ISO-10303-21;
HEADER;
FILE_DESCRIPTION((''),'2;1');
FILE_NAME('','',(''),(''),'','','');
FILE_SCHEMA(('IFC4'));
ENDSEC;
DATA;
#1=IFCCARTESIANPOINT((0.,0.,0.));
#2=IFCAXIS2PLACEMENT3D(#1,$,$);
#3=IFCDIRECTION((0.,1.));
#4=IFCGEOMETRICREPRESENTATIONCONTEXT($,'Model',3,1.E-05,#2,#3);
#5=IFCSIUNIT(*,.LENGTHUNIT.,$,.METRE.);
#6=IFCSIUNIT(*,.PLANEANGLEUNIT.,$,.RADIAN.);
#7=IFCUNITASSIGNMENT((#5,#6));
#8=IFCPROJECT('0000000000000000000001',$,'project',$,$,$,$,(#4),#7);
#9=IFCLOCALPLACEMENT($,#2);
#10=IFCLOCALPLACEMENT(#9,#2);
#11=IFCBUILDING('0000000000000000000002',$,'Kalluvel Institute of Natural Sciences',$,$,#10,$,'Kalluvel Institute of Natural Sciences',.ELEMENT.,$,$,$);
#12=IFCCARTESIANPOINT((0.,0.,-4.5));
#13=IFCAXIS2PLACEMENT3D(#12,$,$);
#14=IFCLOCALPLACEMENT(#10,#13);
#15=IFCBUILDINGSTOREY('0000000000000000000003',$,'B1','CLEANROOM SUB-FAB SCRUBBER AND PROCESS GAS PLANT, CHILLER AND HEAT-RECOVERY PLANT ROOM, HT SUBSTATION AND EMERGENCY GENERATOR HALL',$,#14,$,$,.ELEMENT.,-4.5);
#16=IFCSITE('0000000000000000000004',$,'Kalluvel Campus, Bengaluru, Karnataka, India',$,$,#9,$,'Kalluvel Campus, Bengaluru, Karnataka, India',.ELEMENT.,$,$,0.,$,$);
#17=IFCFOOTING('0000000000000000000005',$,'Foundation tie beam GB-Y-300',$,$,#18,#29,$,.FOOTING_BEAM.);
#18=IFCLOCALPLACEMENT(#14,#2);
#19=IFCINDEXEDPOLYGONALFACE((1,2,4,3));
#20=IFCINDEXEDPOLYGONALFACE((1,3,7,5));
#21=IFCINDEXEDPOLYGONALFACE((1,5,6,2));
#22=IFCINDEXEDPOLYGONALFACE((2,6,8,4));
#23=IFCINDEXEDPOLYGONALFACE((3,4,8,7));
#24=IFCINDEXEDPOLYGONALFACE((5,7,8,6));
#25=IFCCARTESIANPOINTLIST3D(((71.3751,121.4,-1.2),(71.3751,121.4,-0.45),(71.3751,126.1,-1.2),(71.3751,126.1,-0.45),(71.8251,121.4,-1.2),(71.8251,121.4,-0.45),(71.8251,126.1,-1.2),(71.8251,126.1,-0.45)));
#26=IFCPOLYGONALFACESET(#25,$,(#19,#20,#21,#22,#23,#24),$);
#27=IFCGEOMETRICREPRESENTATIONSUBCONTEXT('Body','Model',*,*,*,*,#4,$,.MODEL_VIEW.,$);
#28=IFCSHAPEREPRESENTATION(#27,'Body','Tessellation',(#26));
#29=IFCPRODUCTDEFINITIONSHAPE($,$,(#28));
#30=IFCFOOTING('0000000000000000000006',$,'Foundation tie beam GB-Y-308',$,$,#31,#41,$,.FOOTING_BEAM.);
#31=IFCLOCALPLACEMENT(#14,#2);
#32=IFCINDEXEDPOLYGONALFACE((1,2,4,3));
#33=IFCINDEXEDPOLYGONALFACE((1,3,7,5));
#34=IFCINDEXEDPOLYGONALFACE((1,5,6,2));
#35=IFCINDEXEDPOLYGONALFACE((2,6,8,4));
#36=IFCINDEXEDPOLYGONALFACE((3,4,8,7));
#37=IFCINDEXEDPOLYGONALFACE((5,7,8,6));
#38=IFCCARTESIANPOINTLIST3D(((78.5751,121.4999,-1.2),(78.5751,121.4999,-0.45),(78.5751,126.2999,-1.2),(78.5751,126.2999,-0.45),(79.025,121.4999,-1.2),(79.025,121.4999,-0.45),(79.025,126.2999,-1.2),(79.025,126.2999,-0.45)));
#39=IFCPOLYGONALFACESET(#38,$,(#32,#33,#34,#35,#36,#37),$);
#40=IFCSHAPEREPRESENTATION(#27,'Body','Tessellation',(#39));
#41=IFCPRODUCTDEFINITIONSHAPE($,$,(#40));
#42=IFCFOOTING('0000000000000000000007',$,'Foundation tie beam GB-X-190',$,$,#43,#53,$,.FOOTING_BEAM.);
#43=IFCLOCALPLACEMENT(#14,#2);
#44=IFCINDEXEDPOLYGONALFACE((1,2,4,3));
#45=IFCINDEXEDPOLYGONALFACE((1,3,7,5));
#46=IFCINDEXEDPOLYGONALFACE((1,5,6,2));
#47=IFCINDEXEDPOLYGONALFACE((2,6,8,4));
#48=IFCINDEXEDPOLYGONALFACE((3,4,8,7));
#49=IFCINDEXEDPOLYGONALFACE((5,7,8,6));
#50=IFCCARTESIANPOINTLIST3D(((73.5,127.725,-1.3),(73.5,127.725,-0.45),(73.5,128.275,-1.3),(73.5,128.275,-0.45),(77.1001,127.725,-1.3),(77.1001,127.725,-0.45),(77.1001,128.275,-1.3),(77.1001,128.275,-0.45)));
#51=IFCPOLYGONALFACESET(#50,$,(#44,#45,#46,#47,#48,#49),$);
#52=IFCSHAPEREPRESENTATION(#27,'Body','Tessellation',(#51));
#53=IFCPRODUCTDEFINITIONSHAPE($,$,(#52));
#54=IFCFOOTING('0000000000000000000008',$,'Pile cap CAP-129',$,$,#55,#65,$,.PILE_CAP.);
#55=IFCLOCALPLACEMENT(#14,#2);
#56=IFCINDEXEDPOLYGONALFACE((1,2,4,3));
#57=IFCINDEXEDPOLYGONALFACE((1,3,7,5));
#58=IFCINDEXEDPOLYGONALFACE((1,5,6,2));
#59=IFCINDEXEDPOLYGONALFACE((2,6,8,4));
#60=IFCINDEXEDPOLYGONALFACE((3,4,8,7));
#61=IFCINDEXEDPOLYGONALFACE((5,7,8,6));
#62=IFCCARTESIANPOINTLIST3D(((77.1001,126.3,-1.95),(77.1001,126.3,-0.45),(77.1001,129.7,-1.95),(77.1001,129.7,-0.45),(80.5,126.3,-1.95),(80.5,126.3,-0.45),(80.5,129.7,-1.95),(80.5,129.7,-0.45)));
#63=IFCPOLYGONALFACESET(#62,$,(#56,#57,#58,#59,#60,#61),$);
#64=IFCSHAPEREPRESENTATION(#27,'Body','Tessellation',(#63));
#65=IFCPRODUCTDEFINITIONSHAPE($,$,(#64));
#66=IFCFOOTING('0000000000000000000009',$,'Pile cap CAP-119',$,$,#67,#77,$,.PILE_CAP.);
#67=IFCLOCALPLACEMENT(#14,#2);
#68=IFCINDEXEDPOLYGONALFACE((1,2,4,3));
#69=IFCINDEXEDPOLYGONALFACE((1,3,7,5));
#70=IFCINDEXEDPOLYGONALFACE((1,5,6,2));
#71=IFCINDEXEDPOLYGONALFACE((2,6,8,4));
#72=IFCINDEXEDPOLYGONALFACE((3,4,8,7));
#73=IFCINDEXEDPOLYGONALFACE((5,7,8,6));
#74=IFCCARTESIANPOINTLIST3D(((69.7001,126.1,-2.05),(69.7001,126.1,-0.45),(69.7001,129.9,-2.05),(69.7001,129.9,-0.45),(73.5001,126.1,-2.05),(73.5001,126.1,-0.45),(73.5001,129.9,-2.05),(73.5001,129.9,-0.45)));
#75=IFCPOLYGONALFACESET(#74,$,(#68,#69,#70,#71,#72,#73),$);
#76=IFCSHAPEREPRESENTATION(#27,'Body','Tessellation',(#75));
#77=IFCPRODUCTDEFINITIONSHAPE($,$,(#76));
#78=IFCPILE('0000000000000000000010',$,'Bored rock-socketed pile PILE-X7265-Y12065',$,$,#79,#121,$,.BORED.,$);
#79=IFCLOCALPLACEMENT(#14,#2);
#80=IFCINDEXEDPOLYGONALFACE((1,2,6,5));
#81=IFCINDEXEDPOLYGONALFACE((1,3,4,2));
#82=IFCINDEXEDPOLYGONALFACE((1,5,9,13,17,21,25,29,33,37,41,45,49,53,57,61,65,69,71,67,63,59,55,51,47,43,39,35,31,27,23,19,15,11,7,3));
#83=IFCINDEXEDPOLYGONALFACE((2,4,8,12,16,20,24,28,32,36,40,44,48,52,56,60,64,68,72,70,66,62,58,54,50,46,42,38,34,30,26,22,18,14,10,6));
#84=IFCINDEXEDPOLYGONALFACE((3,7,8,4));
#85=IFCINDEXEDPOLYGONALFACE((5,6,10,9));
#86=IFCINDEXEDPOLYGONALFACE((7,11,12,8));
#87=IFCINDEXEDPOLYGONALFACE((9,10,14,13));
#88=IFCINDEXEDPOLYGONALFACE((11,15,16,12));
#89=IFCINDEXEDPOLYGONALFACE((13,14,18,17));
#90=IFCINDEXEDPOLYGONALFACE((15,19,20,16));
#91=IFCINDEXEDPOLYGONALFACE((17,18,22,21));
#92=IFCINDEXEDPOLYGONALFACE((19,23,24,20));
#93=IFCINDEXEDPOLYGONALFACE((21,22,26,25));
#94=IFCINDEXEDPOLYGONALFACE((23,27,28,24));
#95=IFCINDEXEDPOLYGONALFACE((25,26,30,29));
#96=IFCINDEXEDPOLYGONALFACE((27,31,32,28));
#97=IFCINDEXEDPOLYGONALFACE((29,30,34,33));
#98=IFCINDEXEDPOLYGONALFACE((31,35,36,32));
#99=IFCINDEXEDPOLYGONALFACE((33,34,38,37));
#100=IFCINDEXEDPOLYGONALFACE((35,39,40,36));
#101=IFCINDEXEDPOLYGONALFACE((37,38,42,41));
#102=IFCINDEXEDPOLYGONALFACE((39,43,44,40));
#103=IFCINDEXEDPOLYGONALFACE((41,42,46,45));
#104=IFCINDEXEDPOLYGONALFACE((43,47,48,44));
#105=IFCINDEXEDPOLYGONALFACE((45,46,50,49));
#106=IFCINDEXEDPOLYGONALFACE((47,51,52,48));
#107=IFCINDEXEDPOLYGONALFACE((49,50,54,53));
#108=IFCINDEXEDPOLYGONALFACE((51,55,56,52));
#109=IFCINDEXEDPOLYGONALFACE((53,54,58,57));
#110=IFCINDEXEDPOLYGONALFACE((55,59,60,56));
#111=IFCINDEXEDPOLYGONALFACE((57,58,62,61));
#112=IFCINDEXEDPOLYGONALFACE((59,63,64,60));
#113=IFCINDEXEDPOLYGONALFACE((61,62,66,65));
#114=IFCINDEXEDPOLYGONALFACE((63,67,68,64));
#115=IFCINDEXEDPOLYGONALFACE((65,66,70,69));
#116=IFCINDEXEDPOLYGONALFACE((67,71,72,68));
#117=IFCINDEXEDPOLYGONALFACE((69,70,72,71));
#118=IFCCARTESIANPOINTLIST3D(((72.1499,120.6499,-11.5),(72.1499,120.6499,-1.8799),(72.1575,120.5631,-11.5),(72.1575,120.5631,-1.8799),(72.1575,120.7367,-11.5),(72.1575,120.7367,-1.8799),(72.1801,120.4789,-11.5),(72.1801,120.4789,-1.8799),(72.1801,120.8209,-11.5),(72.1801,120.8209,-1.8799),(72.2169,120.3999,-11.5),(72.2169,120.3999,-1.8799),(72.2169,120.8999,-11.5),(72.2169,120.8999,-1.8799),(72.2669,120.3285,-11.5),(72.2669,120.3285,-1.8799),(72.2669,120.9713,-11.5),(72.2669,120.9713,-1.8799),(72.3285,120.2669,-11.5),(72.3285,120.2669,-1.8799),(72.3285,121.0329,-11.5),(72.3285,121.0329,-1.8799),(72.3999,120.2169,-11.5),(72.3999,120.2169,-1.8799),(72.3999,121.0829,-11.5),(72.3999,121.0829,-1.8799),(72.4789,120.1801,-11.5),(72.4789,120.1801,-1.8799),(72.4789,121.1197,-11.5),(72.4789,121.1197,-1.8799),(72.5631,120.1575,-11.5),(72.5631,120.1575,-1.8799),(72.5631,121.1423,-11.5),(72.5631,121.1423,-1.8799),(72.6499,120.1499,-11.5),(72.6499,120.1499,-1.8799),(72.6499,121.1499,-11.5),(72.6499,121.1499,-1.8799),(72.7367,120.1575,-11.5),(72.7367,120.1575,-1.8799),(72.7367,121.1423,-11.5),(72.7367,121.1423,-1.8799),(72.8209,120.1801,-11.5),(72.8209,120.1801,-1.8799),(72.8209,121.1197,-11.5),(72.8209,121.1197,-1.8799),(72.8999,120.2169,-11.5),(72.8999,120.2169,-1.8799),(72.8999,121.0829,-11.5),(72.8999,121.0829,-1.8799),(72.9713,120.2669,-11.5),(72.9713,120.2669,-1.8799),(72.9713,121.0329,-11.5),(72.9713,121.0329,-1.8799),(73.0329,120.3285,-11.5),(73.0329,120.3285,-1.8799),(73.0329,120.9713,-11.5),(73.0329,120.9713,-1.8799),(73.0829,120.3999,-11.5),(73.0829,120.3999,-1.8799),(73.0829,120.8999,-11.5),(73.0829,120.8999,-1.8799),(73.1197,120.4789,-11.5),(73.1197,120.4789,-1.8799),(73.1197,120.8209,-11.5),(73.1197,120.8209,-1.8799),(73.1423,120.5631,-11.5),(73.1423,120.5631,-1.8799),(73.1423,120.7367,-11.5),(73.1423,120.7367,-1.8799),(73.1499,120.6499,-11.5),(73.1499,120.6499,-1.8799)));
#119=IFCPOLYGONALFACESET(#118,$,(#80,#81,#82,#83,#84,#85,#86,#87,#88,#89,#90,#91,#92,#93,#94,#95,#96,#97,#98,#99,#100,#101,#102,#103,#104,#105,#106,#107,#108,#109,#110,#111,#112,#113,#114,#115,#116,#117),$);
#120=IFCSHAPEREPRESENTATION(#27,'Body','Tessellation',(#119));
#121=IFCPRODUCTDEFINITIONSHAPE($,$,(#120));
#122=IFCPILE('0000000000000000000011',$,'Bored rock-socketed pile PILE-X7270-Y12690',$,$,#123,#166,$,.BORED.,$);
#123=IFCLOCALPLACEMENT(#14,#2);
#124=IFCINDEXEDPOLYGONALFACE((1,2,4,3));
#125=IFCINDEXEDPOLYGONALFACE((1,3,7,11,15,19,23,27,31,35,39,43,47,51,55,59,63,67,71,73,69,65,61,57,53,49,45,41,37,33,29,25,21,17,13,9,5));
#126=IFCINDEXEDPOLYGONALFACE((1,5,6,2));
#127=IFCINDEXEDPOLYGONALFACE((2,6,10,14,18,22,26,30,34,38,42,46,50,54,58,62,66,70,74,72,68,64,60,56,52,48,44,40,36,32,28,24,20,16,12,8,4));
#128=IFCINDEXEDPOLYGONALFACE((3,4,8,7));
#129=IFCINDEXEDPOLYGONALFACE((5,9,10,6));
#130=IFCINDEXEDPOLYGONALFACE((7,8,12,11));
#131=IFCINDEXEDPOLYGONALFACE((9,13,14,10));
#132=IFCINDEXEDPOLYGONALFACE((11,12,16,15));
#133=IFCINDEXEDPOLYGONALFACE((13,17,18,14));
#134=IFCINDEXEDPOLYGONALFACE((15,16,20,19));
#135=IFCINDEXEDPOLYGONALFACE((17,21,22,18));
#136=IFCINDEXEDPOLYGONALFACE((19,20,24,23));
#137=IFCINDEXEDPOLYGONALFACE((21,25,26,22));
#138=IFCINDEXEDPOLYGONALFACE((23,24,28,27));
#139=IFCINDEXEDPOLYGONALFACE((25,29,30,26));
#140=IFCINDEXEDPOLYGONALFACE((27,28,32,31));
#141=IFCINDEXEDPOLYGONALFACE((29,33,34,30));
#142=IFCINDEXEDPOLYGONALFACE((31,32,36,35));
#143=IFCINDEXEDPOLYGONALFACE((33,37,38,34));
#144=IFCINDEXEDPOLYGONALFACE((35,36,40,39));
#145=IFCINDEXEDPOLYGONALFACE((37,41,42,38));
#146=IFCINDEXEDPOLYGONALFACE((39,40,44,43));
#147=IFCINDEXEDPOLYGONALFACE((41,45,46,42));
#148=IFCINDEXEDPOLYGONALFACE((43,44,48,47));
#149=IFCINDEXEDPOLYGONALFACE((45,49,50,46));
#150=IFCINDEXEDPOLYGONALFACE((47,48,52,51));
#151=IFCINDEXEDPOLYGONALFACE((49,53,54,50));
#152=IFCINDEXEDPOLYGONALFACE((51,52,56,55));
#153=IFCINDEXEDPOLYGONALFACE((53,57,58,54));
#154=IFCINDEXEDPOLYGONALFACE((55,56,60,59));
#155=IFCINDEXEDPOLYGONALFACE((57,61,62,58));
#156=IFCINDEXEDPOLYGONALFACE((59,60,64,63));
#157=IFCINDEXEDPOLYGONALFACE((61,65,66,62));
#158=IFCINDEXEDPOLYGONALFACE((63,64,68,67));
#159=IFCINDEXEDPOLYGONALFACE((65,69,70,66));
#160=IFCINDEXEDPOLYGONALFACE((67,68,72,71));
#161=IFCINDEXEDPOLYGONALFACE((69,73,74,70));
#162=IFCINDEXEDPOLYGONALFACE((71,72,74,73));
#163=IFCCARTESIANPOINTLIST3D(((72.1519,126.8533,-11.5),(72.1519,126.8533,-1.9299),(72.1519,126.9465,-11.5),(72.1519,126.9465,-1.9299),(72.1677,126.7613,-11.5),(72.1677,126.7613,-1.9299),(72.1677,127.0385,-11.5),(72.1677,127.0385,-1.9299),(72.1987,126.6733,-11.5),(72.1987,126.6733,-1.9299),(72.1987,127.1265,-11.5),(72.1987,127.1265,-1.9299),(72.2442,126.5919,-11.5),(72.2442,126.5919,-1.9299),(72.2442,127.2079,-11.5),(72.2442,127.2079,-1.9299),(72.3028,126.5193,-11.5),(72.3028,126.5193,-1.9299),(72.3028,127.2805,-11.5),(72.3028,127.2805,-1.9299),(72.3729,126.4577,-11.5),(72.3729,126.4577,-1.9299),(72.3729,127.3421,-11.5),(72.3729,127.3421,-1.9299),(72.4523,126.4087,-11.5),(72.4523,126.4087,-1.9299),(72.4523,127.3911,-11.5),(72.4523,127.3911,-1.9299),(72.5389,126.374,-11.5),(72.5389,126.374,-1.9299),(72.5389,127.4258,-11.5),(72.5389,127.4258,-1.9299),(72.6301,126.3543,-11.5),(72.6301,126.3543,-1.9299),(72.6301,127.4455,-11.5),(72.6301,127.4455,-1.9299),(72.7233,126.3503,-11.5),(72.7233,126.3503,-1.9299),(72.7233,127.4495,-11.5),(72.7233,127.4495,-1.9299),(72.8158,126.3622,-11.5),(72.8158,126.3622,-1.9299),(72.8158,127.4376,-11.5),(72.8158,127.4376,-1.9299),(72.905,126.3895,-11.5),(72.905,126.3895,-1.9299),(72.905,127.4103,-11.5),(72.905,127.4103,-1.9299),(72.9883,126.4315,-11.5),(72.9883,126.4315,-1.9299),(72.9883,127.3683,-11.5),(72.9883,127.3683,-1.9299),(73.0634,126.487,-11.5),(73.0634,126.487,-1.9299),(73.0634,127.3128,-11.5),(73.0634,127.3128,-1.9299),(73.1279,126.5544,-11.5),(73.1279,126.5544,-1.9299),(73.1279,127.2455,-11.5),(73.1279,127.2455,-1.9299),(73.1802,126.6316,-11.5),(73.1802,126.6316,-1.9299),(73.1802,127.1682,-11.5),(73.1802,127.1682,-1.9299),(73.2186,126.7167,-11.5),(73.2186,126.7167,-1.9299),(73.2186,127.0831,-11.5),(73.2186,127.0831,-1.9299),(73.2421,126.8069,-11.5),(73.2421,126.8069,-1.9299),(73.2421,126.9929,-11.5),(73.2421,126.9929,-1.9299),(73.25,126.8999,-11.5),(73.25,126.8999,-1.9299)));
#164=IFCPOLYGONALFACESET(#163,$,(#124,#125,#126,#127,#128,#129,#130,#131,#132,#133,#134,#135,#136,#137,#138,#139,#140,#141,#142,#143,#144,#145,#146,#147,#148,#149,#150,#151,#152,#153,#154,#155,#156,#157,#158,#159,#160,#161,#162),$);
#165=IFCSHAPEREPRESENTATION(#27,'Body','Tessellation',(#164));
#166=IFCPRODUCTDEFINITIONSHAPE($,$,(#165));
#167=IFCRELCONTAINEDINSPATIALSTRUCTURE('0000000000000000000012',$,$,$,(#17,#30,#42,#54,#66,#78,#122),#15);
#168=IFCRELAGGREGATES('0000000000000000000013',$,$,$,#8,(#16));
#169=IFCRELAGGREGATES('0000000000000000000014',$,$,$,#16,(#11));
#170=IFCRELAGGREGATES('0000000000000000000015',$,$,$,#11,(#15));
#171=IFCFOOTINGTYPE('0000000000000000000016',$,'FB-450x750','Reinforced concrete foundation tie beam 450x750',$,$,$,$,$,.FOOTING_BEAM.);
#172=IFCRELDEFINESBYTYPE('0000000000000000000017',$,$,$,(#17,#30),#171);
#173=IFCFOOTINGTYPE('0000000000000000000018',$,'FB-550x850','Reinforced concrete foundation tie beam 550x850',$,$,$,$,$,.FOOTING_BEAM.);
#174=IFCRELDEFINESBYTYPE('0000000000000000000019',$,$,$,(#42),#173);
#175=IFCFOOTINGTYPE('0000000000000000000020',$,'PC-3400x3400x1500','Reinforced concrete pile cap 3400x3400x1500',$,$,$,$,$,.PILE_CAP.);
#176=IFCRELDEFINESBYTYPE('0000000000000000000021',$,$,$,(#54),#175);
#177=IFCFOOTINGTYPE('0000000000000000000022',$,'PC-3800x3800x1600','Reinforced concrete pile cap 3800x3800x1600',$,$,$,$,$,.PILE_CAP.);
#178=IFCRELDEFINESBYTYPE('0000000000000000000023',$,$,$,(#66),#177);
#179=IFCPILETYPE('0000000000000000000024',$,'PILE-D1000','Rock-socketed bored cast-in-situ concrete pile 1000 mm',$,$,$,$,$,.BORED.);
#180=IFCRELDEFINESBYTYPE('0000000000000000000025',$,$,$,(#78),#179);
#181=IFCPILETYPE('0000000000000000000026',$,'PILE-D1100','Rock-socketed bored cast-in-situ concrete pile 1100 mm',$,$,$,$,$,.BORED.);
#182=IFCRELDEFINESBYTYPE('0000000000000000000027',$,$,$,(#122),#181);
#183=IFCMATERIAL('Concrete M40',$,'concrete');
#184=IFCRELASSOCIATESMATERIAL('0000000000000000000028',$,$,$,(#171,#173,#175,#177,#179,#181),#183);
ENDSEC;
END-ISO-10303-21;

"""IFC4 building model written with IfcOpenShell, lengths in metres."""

from ifc_helpers import new_model, si_unit, direction, frame, origin, origin_2d, place, context, subcontext, project, spatial, rectangle, circle, extrude, material, material_profile, profile_set, type_object, element, save


model = new_model("IFC4")

# Units and contexts
model_context = context("Model", 3, precision=1e-05, world=origin(), true_north=direction((0.0, 1.0)))
body_context = subcontext(model_context, "Body", "Model", "MODEL_VIEW")
ifc_project = project(units=[si_unit("LENGTHUNIT", "METRE"), si_unit("PLANEANGLEUNIT", "RADIAN")], contexts=[model_context])

# Site, building, storey
site_placement = place(None, origin())
site = spatial("IfcSite", under=ifc_project, at=site_placement, Name="Kalluvel Campus, Bengaluru, Karnataka, India", LongName="Kalluvel Campus, Bengaluru, Karnataka, India", CompositionType="ELEMENT", RefElevation=0.0)
building_placement = place(site_placement, origin())
building = spatial("IfcBuilding", under=site, at=building_placement, Name="Kalluvel Institute of Natural Sciences", LongName="Kalluvel Institute of Natural Sciences", CompositionType="ELEMENT")
storey_placement = place(building_placement, frame((0.0, 0.0, -4.5)))
storey = spatial("IfcBuildingStorey", under=building, at=storey_placement, Name="B1", Description="CLEANROOM SUB-FAB SCRUBBER AND PROCESS GAS PLANT, CHILLER AND HEAT-RECOVERY PLANT ROOM, HT SUBSTATION AND EMERGENCY GENERATOR HALL", CompositionType="ELEMENT", Elevation=-4.5)

# Footings
ifc_material_1 = material(Name="Concrete M40", Category="concrete")
footing_type_1 = type_object("IfcFootingType", Name="FB-450x750", Description="Reinforced concrete foundation tie beam 450x750", PredefinedType="FOOTING_BEAM", material=ifc_material_1)
footing_1_placement = place(storey_placement, frame((71.6001, 123.75, -1.2), z_axis=(0.0, 0.0, 1.0), x_axis=(1.0, 0.0, 0.0)))
element("IfcFooting", 1, at=footing_1_placement, inside=storey, type_object=footing_type_1, Name="Foundation tie beam GB-Y-300", PredefinedType="FOOTING_BEAM", context=body_context, shape_type="SweptSolid", body=[
    extrude(rectangle(XDim=0.45, YDim=4.7, at=origin_2d()), origin(), (0.0, 0.0, 1.0), 0.75),
])
footing_2_placement = place(storey_placement, frame((78.8, 123.8999, -1.2), z_axis=(0.0, 0.0, 1.0), x_axis=(1.0, 0.0, 0.0)))
element("IfcFooting", 2, at=footing_2_placement, inside=storey, type_object=footing_type_1, Name="Foundation tie beam GB-Y-308", PredefinedType="FOOTING_BEAM", context=body_context, shape_type="SweptSolid", body=[
    extrude(rectangle(XDim=0.45, YDim=4.8, at=origin_2d()), origin(), (0.0, 0.0, 1.0), 0.75),
])
footing_type_2 = type_object("IfcFootingType", Name="FB-550x850", Description="Reinforced concrete foundation tie beam 550x850", PredefinedType="FOOTING_BEAM", material=ifc_material_1)
footing_3_placement = place(storey_placement, frame((75.3, 128.0, -1.3), z_axis=(0.0, 0.0, 1.0), x_axis=(1.0, 0.0, 0.0)))
element("IfcFooting", 3, at=footing_3_placement, inside=storey, type_object=footing_type_2, Name="Foundation tie beam GB-X-190", PredefinedType="FOOTING_BEAM", context=body_context, shape_type="SweptSolid", body=[
    extrude(rectangle(XDim=3.6001, YDim=0.55, at=origin_2d()), origin(), (0.0, 0.0, 1.0), 0.8501),
])
footing_type_3 = type_object("IfcFootingType", Name="PC-3400x3400x1500", Description="Reinforced concrete pile cap 3400x3400x1500", PredefinedType="PILE_CAP", material=ifc_material_1)
footing_4_placement = place(storey_placement, frame((78.8, 128.0, -1.95), z_axis=(0.0, 0.0, 1.0), x_axis=(1.0, 0.0, 0.0)))
element("IfcFooting", 4, at=footing_4_placement, inside=storey, type_object=footing_type_3, Name="Pile cap CAP-129", PredefinedType="PILE_CAP", context=body_context, shape_type="SweptSolid", body=[
    extrude(rectangle(XDim=3.3999, YDim=3.3999, at=origin_2d()), origin(), (0.0, 0.0, 1.0), 1.5),
])
footing_type_4 = type_object("IfcFootingType", Name="PC-3800x3800x1600", Description="Reinforced concrete pile cap 3800x3800x1600", PredefinedType="PILE_CAP", material=ifc_material_1)
footing_5_placement = place(storey_placement, frame((71.6001, 128.0, -2.05), z_axis=(0.0, 0.0, 1.0), x_axis=(1.0, 0.0, 0.0)))
element("IfcFooting", 5, at=footing_5_placement, inside=storey, type_object=footing_type_4, Name="Pile cap CAP-119", PredefinedType="PILE_CAP", context=body_context, shape_type="SweptSolid", body=[
    extrude(rectangle(XDim=3.8, YDim=3.8, at=origin_2d()), origin(), (0.0, 0.0, 1.0), 1.6001),
])

# Piles
ifc_material_profile_1 = material_profile(ifc_material_1, circle(Radius=0.5, at=origin_2d()), Name="PILE D1000")
ifc_profile_set_1 = profile_set([ifc_material_profile_1], Name="Concrete M40")
pile_type_1 = type_object("IfcPileType", Name="PILE-D1000", Description="Rock-socketed bored cast-in-situ concrete pile 1000 mm", PredefinedType="BORED", material=ifc_profile_set_1)
pile_placement = place(storey_placement, frame((72.6499, 120.6499, -1.8799), z_axis=(0.0, 0.0, -1.0), x_axis=(1.0, 0.0, 0.0)))
element("IfcPile", 6, at=pile_placement, inside=storey, type_object=pile_type_1, Name="Bored rock-socketed pile PILE-X7265-Y12065", PredefinedType="BORED", context=body_context, shape_type="SweptSolid", body=[
    extrude(circle(Radius=0.5, at=origin_2d()), origin(), (0.0, 0.0, 1.0), 9.6201),
])
ifc_material_profile_2 = material_profile(ifc_material_1, circle(Radius=0.55, at=origin_2d()), Name="PILE D1100")
ifc_profile_set_2 = profile_set([ifc_material_profile_2], Name="Concrete M40")
pile_type_2 = type_object("IfcPileType", Name="PILE-D1100", Description="Rock-socketed bored cast-in-situ concrete pile 1100 mm", PredefinedType="BORED", material=ifc_profile_set_2)
for number, where, z_axis, x_axis, name in (
    (7, (72.7, 126.8999, -1.9299), (0.0, 0.0, -1.0), (1.0, 0.0, 0.0), "Bored rock-socketed pile PILE-X7270-Y12690"),
):
    element("IfcPile", number, at=place(storey_placement, frame(where, z_axis=z_axis, x_axis=x_axis)), inside=storey, type_object=pile_type_2, Name=name, PredefinedType="BORED", context=body_context, shape_type="SweptSolid", body=[
        extrude(circle(Radius=0.55, at=origin_2d()), origin(), (0.0, 0.0, 1.0), 9.5701),
    ])

save(model, "model.ifc")
